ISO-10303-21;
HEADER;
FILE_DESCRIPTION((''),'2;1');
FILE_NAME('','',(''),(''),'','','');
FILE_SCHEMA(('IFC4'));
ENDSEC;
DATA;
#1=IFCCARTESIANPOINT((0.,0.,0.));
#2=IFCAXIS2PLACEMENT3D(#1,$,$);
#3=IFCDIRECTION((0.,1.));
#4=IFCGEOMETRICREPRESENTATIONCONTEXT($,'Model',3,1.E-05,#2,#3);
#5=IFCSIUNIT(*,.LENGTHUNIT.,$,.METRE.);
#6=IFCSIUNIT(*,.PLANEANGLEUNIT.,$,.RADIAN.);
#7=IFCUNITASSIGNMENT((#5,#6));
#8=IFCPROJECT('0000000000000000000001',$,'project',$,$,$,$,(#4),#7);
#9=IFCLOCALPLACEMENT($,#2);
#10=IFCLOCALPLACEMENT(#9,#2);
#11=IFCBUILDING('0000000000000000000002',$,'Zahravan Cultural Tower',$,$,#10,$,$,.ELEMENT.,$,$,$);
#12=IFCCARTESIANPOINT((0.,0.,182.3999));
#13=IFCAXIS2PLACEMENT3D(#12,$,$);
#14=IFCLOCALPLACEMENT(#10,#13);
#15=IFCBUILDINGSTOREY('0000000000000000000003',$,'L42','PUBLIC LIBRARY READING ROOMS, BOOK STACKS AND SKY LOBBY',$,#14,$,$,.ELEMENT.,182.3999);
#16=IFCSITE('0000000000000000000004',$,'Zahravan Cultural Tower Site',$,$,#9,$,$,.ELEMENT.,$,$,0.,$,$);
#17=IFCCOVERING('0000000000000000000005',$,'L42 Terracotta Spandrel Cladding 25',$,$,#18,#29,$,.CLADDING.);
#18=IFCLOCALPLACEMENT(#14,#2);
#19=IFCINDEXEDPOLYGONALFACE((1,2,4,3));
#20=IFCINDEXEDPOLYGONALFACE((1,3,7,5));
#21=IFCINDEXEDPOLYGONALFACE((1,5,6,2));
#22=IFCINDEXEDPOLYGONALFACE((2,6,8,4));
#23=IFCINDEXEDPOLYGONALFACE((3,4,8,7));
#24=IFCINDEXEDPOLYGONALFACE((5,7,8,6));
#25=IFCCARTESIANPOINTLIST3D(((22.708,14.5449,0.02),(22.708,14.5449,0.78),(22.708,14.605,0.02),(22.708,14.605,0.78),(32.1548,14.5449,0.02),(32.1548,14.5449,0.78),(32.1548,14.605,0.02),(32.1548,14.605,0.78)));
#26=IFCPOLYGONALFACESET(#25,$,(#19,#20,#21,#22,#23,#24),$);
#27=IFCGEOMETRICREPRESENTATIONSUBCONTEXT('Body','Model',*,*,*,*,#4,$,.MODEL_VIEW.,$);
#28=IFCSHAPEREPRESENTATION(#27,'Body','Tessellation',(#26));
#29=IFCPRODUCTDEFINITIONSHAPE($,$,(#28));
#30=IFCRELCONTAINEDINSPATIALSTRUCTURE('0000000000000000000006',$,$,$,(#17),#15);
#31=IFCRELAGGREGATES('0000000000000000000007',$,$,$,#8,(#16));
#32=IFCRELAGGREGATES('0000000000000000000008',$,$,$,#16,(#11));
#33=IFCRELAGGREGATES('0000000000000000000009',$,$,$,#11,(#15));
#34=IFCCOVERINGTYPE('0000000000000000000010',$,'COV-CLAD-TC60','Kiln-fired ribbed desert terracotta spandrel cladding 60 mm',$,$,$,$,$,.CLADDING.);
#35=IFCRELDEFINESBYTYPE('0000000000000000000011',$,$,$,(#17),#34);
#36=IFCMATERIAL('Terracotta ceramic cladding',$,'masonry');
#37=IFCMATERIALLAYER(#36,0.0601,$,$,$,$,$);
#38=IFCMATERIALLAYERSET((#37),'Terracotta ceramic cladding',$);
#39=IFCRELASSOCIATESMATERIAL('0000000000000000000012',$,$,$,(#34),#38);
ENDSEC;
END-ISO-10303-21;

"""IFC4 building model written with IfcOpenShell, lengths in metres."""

from ifc_helpers import new_model, si_unit, direction, frame, origin, origin_2d, place, context, subcontext, project, spatial, rectangle, extrude, source, transform, mapped, material, layer, layer_set, type_object, element, save


model = new_model("IFC4")

# Units and contexts
model_context = context("Model", 3, precision=1e-05, world=origin(), true_north=direction((0.0, 1.0)))
body_context = subcontext(model_context, "Body", "Model", "MODEL_VIEW")
ifc_project = project(units=[si_unit("LENGTHUNIT", "METRE"), si_unit("PLANEANGLEUNIT", "RADIAN")], contexts=[model_context])

# Site, building, storey
site_placement = place(None, origin())
site = spatial("IfcSite", under=ifc_project, at=site_placement, Name="Zahravan Cultural Tower Site", CompositionType="ELEMENT", RefElevation=0.0)
building_placement = place(site_placement, origin())
building = spatial("IfcBuilding", under=site, at=building_placement, Name="Zahravan Cultural Tower", CompositionType="ELEMENT")
storey_placement = place(building_placement, frame((0.0, 0.0, 182.3999)))
storey = spatial("IfcBuildingStorey", under=building, at=storey_placement, Name="L42", Description="PUBLIC LIBRARY READING ROOMS, BOOK STACKS AND SKY LOBBY", CompositionType="ELEMENT", Elevation=182.3999)

# Covering
ifc_material_1 = material(Name="Terracotta ceramic cladding", Category="masonry")
ifc_layer_1 = layer(ifc_material_1, 0.0601)
ifc_layer_set_1 = layer_set([ifc_layer_1], Name="Terracotta ceramic cladding")
covering_type = type_object("IfcCoveringType", Name="COV-CLAD-TC60", Description="Kiln-fired ribbed desert terracotta spandrel cladding 60 mm", PredefinedType="CLADDING", material=ifc_layer_set_1)
shared_shape_1 = source(origin(), body_context, "Body", "SweptSolid", [
    extrude(rectangle(XDim=9.4468, YDim=0.0601, at=origin_2d()), origin(), (0.0, 0.0, 1.0), 0.76),
])
covering_1_placement = place(storey_placement, frame((27.4314, 14.575, 0.02), z_axis=(0.0, 0.0, 1.0), x_axis=(-1.0, 0.0, 0.0)))
element("IfcCovering", 1, at=covering_1_placement, inside=storey, type_object=covering_type, Name="L42 Terracotta Spandrel Cladding 25", PredefinedType="CLADDING", context=body_context, shape_type="MappedRepresentation", body=[
    mapped(shared_shape_1, transform((0.0, 0.0, 0.0), x_axis=(1.0, 0.0, 0.0), y_axis=(0.0, 1.0, 0.0), z_axis=(0.0, 0.0, 1.0), scale=1.0)),
])

save(model, "model.ifc")
